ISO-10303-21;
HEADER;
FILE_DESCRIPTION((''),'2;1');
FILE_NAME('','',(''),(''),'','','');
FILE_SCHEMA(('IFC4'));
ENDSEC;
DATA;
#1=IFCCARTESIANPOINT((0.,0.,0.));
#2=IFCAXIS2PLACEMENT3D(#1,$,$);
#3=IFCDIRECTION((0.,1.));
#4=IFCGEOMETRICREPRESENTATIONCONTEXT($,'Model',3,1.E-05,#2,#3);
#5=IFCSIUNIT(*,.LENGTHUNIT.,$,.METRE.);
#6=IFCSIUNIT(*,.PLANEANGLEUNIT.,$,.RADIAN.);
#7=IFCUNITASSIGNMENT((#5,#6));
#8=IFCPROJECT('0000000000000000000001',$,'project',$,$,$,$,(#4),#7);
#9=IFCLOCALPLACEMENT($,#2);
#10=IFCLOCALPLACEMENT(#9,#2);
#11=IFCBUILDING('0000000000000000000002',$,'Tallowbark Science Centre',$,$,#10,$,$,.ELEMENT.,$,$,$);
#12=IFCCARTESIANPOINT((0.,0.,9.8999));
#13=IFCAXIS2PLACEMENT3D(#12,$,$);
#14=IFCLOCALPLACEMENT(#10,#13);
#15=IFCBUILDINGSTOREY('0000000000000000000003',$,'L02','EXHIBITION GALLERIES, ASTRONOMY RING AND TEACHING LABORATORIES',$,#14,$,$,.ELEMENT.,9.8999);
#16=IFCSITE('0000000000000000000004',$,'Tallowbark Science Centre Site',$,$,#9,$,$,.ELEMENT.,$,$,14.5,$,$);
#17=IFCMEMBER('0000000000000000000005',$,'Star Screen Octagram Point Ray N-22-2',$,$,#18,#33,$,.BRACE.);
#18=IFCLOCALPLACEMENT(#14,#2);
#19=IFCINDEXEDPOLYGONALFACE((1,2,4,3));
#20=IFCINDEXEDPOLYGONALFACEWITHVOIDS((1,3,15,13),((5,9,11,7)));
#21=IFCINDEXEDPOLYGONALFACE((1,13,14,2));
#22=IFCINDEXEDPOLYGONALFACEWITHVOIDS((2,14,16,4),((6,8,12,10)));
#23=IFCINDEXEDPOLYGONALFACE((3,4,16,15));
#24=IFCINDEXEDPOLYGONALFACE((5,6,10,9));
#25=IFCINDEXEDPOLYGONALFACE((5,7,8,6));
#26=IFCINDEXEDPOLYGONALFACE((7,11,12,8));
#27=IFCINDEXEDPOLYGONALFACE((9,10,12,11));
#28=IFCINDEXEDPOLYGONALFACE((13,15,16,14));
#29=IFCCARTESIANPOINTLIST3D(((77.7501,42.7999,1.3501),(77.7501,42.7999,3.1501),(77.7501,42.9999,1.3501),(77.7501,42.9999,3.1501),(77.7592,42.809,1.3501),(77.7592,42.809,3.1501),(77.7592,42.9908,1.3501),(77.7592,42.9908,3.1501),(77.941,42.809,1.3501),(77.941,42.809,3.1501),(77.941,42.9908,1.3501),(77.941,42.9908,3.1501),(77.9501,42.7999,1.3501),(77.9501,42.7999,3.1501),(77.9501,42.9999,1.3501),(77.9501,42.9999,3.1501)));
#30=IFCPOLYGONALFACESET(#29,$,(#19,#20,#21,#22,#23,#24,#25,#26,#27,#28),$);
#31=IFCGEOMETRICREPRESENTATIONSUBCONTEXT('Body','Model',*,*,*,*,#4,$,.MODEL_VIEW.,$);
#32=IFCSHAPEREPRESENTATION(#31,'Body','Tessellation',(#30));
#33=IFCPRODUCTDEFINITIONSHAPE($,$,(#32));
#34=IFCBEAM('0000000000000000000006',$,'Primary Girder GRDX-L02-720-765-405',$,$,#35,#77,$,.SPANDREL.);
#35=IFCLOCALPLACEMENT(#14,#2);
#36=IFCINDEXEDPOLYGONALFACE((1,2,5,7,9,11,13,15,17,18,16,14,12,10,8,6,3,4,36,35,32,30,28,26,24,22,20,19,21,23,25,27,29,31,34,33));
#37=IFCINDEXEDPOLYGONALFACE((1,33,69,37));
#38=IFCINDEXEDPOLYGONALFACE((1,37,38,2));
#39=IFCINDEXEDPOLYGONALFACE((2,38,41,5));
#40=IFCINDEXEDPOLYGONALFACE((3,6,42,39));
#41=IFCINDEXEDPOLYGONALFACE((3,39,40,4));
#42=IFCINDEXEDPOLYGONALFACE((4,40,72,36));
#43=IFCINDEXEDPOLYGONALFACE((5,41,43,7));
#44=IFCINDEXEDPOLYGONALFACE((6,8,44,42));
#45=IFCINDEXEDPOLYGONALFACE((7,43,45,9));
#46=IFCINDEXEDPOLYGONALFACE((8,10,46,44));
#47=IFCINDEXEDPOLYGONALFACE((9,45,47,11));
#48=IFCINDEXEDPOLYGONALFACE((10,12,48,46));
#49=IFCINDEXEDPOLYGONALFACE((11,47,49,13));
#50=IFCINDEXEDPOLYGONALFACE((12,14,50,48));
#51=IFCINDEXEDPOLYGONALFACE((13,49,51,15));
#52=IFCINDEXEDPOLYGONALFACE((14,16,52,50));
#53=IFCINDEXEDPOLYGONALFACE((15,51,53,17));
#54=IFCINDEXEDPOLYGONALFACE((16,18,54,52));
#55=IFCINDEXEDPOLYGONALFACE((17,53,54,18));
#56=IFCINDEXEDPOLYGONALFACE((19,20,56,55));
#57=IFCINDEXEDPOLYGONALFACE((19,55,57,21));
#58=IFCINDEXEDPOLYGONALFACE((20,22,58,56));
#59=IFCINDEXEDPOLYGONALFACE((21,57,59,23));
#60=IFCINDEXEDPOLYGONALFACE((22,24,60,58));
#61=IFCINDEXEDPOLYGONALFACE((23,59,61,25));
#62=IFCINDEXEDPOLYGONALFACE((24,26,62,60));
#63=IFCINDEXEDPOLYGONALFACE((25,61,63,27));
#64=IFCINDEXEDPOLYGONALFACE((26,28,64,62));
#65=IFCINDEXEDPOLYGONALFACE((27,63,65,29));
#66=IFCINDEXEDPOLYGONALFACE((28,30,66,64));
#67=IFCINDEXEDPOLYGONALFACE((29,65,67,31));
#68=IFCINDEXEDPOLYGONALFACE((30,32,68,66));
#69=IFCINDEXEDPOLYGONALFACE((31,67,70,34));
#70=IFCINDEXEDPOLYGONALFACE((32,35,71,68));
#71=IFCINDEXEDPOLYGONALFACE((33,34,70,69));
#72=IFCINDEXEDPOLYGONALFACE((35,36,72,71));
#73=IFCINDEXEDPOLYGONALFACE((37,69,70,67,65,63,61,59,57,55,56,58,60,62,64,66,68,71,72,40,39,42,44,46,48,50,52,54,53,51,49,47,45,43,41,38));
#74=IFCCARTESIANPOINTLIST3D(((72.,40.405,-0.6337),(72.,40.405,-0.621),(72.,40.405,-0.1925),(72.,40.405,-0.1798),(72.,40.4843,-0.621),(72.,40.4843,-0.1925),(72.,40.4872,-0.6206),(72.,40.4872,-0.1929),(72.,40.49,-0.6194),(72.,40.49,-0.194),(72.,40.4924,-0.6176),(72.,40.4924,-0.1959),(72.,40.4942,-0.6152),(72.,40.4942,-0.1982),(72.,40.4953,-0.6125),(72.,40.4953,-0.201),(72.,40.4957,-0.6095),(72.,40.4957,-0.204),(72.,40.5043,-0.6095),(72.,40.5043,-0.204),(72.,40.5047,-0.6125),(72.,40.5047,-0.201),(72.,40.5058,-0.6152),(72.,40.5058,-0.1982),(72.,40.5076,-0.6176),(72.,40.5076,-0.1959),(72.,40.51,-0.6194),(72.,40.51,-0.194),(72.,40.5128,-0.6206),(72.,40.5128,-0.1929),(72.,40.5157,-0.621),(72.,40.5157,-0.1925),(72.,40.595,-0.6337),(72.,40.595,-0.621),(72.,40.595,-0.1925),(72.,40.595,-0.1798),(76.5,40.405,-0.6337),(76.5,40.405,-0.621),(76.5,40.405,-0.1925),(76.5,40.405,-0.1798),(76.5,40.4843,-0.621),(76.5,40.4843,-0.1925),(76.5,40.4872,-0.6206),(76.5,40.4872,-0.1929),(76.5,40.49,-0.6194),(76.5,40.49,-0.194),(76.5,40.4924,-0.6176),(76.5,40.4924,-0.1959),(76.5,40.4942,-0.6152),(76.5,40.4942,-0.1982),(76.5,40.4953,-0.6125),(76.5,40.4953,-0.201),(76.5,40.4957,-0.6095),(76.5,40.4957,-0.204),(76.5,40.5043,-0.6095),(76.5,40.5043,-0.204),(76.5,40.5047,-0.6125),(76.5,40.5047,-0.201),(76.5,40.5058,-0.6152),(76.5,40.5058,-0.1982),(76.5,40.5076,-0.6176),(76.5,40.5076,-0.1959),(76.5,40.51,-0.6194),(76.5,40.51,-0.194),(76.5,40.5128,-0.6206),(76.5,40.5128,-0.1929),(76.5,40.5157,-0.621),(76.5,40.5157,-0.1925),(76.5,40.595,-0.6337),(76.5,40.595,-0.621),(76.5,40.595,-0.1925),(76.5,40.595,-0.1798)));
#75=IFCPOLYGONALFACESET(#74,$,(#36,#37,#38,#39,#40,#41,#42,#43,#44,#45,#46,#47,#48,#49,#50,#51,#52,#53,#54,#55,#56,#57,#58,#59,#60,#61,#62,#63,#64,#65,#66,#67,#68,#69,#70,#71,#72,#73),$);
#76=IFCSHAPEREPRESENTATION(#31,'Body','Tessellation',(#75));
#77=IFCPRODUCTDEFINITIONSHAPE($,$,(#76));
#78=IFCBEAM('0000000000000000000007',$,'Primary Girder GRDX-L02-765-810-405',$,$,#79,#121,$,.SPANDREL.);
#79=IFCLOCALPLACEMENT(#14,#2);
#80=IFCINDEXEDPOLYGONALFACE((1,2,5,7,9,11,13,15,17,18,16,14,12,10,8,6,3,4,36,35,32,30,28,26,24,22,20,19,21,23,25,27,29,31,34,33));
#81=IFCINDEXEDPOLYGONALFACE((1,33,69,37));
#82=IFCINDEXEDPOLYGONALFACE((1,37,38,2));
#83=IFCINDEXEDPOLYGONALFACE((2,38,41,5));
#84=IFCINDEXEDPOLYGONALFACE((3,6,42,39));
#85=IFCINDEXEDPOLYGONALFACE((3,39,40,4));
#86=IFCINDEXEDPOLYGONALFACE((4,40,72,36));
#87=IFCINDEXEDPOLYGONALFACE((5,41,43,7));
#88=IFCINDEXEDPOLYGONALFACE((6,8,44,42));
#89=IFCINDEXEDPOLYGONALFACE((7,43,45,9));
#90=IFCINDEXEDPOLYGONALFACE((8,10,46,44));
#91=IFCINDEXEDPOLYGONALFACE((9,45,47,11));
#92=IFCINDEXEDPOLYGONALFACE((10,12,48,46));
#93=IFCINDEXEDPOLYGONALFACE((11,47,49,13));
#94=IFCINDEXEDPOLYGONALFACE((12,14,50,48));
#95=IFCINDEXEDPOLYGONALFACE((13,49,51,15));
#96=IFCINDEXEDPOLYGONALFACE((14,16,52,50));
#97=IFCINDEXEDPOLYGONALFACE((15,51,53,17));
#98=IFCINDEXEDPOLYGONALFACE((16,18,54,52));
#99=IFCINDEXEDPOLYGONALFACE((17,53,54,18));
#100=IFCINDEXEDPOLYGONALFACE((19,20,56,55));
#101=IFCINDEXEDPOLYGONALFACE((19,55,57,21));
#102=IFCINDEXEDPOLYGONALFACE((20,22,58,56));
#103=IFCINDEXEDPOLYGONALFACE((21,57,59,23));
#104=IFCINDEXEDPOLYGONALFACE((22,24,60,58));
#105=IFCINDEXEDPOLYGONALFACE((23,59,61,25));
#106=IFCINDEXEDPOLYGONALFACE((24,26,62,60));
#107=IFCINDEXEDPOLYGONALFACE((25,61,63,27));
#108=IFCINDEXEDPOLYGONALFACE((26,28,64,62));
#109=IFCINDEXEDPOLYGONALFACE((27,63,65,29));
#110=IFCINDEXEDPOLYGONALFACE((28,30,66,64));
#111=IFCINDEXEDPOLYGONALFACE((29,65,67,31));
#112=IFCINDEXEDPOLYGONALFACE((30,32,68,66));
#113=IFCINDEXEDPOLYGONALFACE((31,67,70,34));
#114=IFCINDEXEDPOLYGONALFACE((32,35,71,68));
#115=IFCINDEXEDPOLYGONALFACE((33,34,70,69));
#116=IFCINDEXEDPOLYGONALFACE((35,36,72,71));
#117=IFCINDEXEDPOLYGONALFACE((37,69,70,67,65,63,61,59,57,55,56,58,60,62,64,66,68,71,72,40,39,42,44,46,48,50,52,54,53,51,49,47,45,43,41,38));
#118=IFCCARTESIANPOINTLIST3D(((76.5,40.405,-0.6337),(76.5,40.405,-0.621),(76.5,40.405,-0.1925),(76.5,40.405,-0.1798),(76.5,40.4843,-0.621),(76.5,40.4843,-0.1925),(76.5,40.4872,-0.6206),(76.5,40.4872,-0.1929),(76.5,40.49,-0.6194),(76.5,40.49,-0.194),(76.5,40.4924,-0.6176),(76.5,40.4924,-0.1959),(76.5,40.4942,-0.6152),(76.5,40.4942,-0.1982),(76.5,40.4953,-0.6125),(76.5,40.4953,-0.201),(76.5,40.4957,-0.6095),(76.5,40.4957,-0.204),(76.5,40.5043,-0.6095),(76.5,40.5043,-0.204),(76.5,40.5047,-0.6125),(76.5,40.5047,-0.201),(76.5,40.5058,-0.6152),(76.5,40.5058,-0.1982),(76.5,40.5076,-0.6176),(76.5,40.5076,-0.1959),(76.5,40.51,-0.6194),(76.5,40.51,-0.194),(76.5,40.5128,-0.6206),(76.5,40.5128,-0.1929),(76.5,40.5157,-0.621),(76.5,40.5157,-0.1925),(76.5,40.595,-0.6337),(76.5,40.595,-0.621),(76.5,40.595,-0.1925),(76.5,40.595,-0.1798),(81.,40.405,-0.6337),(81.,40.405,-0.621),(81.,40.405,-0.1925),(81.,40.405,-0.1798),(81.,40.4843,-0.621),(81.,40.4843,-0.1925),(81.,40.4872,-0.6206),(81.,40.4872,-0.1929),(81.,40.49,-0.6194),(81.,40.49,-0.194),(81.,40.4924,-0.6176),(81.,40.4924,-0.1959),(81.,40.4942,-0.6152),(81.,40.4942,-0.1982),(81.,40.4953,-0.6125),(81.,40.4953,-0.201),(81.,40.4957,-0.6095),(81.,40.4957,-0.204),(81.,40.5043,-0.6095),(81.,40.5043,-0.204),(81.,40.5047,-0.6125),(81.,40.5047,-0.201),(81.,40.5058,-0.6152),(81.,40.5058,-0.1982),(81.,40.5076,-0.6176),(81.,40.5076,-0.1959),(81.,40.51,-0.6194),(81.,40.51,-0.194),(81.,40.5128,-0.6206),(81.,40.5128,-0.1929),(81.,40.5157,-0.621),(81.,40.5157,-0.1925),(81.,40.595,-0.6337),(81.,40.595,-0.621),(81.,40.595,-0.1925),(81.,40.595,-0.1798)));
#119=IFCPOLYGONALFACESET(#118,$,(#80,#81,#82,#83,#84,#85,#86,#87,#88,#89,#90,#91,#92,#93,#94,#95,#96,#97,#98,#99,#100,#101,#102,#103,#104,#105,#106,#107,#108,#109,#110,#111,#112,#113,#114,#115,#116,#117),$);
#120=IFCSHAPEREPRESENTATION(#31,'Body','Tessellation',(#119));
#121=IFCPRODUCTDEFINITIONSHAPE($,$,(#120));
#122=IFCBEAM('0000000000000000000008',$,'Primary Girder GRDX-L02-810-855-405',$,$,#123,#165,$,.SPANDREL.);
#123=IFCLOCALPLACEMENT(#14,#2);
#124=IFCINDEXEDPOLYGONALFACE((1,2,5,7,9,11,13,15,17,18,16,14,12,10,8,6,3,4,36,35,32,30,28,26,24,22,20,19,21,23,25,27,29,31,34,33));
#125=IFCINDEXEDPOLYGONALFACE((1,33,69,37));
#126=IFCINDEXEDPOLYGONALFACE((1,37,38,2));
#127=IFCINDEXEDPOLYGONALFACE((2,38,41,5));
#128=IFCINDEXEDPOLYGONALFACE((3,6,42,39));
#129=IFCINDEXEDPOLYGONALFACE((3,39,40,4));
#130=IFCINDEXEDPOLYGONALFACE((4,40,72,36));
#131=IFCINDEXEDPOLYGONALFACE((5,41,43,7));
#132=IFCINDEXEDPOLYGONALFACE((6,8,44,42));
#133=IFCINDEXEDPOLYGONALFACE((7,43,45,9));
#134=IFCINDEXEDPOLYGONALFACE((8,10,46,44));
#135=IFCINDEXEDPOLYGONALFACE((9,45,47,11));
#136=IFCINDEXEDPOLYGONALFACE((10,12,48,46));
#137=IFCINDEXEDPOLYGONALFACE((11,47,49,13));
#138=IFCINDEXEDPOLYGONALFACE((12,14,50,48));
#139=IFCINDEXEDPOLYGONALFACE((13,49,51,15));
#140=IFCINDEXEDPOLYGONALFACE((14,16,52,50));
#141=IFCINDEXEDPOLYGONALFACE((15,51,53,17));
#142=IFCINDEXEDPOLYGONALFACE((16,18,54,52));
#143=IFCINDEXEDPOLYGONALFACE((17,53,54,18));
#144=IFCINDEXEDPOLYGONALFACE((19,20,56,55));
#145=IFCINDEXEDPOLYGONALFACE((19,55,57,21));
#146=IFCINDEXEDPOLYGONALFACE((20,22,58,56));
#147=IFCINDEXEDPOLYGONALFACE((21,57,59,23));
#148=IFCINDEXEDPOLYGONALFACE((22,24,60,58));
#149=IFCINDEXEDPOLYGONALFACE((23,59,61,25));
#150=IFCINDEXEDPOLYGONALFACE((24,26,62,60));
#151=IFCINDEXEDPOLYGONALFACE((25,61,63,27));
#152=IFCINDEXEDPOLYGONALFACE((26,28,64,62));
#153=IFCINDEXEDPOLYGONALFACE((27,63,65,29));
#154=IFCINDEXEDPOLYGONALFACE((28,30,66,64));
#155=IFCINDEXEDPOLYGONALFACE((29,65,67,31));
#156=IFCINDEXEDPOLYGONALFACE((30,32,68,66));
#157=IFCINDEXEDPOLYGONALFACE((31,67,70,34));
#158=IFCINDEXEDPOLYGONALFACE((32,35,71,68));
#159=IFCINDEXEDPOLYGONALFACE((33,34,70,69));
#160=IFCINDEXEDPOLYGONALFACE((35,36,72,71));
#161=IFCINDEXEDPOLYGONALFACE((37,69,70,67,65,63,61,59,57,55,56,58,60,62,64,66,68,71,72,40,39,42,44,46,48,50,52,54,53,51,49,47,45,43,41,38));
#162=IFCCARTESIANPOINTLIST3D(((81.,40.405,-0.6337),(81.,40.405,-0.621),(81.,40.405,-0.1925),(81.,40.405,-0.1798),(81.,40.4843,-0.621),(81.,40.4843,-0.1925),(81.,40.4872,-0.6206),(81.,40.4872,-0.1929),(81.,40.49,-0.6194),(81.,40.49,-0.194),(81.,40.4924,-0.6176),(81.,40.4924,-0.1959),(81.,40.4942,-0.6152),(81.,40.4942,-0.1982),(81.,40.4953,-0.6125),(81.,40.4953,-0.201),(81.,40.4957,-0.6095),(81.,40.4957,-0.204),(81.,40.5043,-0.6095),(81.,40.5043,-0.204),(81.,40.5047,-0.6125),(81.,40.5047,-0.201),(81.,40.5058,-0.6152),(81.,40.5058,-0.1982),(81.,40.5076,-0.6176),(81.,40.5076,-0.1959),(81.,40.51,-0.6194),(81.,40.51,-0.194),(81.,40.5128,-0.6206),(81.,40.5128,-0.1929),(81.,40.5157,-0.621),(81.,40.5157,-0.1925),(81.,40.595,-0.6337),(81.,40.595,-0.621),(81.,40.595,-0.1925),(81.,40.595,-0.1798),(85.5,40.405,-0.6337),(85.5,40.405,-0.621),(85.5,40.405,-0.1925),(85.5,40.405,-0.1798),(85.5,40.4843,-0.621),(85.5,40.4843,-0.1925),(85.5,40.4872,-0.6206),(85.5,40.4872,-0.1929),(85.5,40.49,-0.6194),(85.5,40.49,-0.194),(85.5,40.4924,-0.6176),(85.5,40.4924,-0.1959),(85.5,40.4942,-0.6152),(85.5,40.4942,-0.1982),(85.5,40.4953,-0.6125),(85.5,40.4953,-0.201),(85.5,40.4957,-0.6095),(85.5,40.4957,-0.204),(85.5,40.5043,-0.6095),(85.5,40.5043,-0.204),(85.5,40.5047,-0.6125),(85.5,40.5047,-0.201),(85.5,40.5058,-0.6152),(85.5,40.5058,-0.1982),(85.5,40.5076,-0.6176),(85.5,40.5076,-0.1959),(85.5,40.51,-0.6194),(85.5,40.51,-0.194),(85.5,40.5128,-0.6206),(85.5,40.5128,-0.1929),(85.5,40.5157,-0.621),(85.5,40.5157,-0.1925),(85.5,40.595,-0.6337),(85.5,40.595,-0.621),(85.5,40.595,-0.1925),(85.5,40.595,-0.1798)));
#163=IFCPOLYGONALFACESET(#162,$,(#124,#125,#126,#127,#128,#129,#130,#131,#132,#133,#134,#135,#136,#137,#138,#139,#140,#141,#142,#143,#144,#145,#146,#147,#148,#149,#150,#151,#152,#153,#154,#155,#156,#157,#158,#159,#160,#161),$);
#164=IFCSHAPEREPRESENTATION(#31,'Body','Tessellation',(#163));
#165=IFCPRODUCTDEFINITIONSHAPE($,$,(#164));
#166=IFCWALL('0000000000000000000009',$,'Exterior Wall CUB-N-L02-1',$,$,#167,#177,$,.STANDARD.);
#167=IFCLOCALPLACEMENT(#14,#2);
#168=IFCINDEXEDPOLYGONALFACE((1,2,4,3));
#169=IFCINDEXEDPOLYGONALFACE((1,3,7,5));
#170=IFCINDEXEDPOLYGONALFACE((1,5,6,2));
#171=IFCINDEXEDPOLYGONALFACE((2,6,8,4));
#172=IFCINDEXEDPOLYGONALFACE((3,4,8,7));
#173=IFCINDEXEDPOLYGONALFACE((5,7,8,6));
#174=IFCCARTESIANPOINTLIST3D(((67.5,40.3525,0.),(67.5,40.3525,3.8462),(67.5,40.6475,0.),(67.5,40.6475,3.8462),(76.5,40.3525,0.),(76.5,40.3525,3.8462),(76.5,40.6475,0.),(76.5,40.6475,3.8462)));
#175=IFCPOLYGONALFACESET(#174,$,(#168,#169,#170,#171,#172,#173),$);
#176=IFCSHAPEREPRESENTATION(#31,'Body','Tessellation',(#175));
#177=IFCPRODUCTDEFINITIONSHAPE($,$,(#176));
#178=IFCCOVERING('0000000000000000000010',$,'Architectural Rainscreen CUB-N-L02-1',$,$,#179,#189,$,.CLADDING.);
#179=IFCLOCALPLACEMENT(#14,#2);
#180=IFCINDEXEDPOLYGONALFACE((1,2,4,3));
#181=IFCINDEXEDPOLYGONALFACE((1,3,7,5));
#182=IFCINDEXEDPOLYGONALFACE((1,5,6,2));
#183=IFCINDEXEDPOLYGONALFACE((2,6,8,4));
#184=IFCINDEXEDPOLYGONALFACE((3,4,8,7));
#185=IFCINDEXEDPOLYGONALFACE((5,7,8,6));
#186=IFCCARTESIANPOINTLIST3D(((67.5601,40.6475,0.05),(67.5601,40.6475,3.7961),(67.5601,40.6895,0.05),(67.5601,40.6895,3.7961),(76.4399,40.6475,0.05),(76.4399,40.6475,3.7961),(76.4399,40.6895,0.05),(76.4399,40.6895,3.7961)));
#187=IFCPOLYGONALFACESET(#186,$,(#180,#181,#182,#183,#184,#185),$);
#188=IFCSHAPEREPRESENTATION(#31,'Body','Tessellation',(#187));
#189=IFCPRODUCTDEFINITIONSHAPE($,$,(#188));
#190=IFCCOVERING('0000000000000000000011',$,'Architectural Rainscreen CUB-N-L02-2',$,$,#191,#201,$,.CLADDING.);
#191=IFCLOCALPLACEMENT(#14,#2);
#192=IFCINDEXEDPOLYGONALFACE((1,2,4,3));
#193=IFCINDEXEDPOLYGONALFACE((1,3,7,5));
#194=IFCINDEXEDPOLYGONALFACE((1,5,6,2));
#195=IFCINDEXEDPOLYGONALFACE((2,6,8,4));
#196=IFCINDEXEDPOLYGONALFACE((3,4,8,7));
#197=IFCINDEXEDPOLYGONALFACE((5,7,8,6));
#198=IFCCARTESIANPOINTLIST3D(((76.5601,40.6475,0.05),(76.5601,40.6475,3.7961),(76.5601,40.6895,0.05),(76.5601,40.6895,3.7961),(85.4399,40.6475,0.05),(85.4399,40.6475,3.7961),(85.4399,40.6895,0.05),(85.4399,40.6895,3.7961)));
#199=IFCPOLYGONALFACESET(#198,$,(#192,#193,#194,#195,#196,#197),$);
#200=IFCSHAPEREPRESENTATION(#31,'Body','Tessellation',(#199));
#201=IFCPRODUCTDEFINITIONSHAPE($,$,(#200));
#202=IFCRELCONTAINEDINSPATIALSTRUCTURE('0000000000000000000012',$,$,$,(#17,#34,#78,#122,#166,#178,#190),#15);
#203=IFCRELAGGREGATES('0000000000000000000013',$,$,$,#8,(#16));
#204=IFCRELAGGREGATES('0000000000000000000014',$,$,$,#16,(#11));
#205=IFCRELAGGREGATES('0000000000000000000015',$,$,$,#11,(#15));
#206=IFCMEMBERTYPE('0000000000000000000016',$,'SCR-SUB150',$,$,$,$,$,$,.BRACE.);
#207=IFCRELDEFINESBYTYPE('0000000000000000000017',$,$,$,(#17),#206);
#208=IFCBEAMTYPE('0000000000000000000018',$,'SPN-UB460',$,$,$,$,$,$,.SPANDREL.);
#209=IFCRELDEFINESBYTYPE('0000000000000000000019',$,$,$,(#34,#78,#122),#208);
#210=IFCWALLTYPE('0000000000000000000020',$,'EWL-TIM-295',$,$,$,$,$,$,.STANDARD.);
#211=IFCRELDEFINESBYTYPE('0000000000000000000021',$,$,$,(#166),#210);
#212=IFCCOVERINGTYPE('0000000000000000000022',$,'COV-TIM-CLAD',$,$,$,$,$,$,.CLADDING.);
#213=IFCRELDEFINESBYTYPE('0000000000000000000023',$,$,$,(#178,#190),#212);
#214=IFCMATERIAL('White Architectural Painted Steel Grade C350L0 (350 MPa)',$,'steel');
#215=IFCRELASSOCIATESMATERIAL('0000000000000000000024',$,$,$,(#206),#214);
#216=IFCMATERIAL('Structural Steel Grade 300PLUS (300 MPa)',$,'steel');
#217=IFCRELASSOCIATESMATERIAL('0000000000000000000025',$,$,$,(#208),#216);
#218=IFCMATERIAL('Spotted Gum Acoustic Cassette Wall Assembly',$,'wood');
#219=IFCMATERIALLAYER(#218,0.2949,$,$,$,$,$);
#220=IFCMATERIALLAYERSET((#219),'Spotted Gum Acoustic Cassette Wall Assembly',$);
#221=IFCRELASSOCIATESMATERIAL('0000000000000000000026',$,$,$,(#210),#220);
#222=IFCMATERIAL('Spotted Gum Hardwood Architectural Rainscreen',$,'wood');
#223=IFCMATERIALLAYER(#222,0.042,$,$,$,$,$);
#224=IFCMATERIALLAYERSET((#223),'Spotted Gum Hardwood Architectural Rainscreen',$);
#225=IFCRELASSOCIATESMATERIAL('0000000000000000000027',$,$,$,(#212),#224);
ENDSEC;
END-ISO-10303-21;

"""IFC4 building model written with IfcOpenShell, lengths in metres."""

from ifc_helpers import new_model, si_unit, direction, frame, frame_2d, origin, origin_2d, place, context, subcontext, project, spatial, rectangle, hollow_rectangle, i_section, extrude, material, layer, layer_set, material_profile, profile_set, type_object, element, save


model = new_model("IFC4")

# Units and contexts
model_context = context("Model", 3, precision=1e-05, world=origin(), true_north=direction((0.0, 1.0)))
body_context = subcontext(model_context, "Body", "Model", "MODEL_VIEW")
ifc_project = project(units=[si_unit("LENGTHUNIT", "METRE"), si_unit("PLANEANGLEUNIT", "RADIAN")], contexts=[model_context])

# Site, building, storey
site_placement = place(None, origin())
site = spatial("IfcSite", under=ifc_project, at=site_placement, Name="Tallowbark Science Centre Site", CompositionType="ELEMENT", RefElevation=14.5)
building_placement = place(site_placement, origin())
building = spatial("IfcBuilding", under=site, at=building_placement, Name="Tallowbark Science Centre", CompositionType="ELEMENT")
storey_placement = place(building_placement, frame((0.0, 0.0, 9.8999)))
storey = spatial("IfcBuildingStorey", under=building, at=storey_placement, Name="L02", Description="EXHIBITION GALLERIES, ASTRONOMY RING AND TEACHING LABORATORIES", CompositionType="ELEMENT", Elevation=9.8999)

# Shared definitions
ifc_material_1 = material(Name="White Architectural Painted Steel Grade C350L0 (350 MPa)", Category="steel")
ifc_material_2 = material(Name="Structural Steel Grade 300PLUS (300 MPa)", Category="steel")

# Member
ifc_material_profile_1 = material_profile(ifc_material_1, hollow_rectangle(XDim=0.2, YDim=0.2, WallThickness=0.009, at=origin_2d()), Name="200x200x9.0SHS")
ifc_profile_set_1 = profile_set([ifc_material_profile_1], Name="White Architectural Painted Steel Grade C350L0 (350 MPa)")
member_type_1 = type_object("IfcMemberType", Name="SCR-SUB150", PredefinedType="BRACE", material=ifc_profile_set_1)
member_1_placement = place(storey_placement, frame((77.8501, 42.8999, 1.3501), z_axis=(0.0, 0.0, 1.0), x_axis=(1.0, 0.0, 0.0)))
element("IfcMember", 1, at=member_1_placement, inside=storey, type_object=member_type_1, Name="Star Screen Octagram Point Ray N-22-2", PredefinedType="BRACE", context=body_context, shape_type="SweptSolid", body=[
    extrude(hollow_rectangle(XDim=0.2, YDim=0.2, WallThickness=0.009, at=origin_2d()), origin(), (0.0, 0.0, 1.0), 1.8),
])

# Beams
ifc_material_profile_2 = material_profile(ifc_material_2, i_section(OverallWidth=0.1899, OverallDepth=0.4539, WebThickness=0.0085, FlangeThickness=0.0127, FilletRadius=0.0115, at=origin_2d()), Name="460UB67.1")
ifc_profile_set_2 = profile_set([ifc_material_profile_2], Name="Structural Steel Grade 300PLUS (300 MPa)")
beam_type_1 = type_object("IfcBeamType", Name="SPN-UB460", PredefinedType="SPANDREL", material=ifc_profile_set_2)
for number, where, z_axis, x_axis, name in (
    (2, (72.0, 40.5, -0.4067), (1.0, 0.0, 0.0), (0.0, 1.0, 0.0), "Primary Girder GRDX-L02-720-765-405"),
    (3, (76.5, 40.5, -0.4067), (1.0, 0.0, 0.0), (0.0, 1.0, 0.0), "Primary Girder GRDX-L02-765-810-405"),
    (4, (81.0, 40.5, -0.4067), (1.0, 0.0, 0.0), (0.0, 1.0, 0.0), "Primary Girder GRDX-L02-810-855-405"),
):
    element("IfcBeam", number, at=place(storey_placement, frame(where, z_axis=z_axis, x_axis=x_axis)), inside=storey, type_object=beam_type_1, Name=name, PredefinedType="SPANDREL", context=body_context, shape_type="SweptSolid", body=[
        extrude(i_section(OverallWidth=0.1899, OverallDepth=0.4539, WebThickness=0.0085, FlangeThickness=0.0127, FilletRadius=0.0115, at=origin_2d()), origin(), (0.0, 0.0, 1.0), 4.5),
    ])

# Wall
ifc_material_3 = material(Name="Spotted Gum Acoustic Cassette Wall Assembly", Category="wood")
ifc_layer_1 = layer(ifc_material_3, 0.2949)
ifc_layer_set_1 = layer_set([ifc_layer_1], Name="Spotted Gum Acoustic Cassette Wall Assembly")
wall_type = type_object("IfcWallType", Name="EWL-TIM-295", PredefinedType="STANDARD", material=ifc_layer_set_1)
wall_placement = place(storey_placement, frame((76.5, 40.5, 0.0), z_axis=(0.0, 0.0, 1.0), x_axis=(-1.0, 0.0, 0.0)))
element("IfcWall", 5, at=wall_placement, inside=storey, type_object=wall_type, Name="Exterior Wall CUB-N-L02-1", PredefinedType="STANDARD", context=body_context, shape_type="SweptSolid", body=[
    extrude(rectangle(XDim=9.0, YDim=0.2949, at=frame_2d((4.5, 0.0))), origin(), (0.0, 0.0, 1.0), 3.8462),
])

# Coverings
ifc_material_4 = material(Name="Spotted Gum Hardwood Architectural Rainscreen", Category="wood")
ifc_layer_2 = layer(ifc_material_4, 0.042)
ifc_layer_set_2 = layer_set([ifc_layer_2], Name="Spotted Gum Hardwood Architectural Rainscreen")
covering_type_1 = type_object("IfcCoveringType", Name="COV-TIM-CLAD", PredefinedType="CLADDING", material=ifc_layer_set_2)
for number, where, z_axis, x_axis, name in (
    (6, (72.0, 40.6685, 0.05), (0.0, 0.0, 1.0), (-1.0, 0.0, 0.0), "Architectural Rainscreen CUB-N-L02-1"),
    (7, (81.0, 40.6685, 0.05), (0.0, 0.0, 1.0), (-1.0, 0.0, 0.0), "Architectural Rainscreen CUB-N-L02-2"),
):
    element("IfcCovering", number, at=place(storey_placement, frame(where, z_axis=z_axis, x_axis=x_axis)), inside=storey, type_object=covering_type_1, Name=name, PredefinedType="CLADDING", context=body_context, shape_type="SweptSolid", body=[
        extrude(rectangle(XDim=8.8799, YDim=0.042, at=origin_2d()), origin(), (0.0, 0.0, 1.0), 3.7461),
    ])

save(model, "model.ifc")
